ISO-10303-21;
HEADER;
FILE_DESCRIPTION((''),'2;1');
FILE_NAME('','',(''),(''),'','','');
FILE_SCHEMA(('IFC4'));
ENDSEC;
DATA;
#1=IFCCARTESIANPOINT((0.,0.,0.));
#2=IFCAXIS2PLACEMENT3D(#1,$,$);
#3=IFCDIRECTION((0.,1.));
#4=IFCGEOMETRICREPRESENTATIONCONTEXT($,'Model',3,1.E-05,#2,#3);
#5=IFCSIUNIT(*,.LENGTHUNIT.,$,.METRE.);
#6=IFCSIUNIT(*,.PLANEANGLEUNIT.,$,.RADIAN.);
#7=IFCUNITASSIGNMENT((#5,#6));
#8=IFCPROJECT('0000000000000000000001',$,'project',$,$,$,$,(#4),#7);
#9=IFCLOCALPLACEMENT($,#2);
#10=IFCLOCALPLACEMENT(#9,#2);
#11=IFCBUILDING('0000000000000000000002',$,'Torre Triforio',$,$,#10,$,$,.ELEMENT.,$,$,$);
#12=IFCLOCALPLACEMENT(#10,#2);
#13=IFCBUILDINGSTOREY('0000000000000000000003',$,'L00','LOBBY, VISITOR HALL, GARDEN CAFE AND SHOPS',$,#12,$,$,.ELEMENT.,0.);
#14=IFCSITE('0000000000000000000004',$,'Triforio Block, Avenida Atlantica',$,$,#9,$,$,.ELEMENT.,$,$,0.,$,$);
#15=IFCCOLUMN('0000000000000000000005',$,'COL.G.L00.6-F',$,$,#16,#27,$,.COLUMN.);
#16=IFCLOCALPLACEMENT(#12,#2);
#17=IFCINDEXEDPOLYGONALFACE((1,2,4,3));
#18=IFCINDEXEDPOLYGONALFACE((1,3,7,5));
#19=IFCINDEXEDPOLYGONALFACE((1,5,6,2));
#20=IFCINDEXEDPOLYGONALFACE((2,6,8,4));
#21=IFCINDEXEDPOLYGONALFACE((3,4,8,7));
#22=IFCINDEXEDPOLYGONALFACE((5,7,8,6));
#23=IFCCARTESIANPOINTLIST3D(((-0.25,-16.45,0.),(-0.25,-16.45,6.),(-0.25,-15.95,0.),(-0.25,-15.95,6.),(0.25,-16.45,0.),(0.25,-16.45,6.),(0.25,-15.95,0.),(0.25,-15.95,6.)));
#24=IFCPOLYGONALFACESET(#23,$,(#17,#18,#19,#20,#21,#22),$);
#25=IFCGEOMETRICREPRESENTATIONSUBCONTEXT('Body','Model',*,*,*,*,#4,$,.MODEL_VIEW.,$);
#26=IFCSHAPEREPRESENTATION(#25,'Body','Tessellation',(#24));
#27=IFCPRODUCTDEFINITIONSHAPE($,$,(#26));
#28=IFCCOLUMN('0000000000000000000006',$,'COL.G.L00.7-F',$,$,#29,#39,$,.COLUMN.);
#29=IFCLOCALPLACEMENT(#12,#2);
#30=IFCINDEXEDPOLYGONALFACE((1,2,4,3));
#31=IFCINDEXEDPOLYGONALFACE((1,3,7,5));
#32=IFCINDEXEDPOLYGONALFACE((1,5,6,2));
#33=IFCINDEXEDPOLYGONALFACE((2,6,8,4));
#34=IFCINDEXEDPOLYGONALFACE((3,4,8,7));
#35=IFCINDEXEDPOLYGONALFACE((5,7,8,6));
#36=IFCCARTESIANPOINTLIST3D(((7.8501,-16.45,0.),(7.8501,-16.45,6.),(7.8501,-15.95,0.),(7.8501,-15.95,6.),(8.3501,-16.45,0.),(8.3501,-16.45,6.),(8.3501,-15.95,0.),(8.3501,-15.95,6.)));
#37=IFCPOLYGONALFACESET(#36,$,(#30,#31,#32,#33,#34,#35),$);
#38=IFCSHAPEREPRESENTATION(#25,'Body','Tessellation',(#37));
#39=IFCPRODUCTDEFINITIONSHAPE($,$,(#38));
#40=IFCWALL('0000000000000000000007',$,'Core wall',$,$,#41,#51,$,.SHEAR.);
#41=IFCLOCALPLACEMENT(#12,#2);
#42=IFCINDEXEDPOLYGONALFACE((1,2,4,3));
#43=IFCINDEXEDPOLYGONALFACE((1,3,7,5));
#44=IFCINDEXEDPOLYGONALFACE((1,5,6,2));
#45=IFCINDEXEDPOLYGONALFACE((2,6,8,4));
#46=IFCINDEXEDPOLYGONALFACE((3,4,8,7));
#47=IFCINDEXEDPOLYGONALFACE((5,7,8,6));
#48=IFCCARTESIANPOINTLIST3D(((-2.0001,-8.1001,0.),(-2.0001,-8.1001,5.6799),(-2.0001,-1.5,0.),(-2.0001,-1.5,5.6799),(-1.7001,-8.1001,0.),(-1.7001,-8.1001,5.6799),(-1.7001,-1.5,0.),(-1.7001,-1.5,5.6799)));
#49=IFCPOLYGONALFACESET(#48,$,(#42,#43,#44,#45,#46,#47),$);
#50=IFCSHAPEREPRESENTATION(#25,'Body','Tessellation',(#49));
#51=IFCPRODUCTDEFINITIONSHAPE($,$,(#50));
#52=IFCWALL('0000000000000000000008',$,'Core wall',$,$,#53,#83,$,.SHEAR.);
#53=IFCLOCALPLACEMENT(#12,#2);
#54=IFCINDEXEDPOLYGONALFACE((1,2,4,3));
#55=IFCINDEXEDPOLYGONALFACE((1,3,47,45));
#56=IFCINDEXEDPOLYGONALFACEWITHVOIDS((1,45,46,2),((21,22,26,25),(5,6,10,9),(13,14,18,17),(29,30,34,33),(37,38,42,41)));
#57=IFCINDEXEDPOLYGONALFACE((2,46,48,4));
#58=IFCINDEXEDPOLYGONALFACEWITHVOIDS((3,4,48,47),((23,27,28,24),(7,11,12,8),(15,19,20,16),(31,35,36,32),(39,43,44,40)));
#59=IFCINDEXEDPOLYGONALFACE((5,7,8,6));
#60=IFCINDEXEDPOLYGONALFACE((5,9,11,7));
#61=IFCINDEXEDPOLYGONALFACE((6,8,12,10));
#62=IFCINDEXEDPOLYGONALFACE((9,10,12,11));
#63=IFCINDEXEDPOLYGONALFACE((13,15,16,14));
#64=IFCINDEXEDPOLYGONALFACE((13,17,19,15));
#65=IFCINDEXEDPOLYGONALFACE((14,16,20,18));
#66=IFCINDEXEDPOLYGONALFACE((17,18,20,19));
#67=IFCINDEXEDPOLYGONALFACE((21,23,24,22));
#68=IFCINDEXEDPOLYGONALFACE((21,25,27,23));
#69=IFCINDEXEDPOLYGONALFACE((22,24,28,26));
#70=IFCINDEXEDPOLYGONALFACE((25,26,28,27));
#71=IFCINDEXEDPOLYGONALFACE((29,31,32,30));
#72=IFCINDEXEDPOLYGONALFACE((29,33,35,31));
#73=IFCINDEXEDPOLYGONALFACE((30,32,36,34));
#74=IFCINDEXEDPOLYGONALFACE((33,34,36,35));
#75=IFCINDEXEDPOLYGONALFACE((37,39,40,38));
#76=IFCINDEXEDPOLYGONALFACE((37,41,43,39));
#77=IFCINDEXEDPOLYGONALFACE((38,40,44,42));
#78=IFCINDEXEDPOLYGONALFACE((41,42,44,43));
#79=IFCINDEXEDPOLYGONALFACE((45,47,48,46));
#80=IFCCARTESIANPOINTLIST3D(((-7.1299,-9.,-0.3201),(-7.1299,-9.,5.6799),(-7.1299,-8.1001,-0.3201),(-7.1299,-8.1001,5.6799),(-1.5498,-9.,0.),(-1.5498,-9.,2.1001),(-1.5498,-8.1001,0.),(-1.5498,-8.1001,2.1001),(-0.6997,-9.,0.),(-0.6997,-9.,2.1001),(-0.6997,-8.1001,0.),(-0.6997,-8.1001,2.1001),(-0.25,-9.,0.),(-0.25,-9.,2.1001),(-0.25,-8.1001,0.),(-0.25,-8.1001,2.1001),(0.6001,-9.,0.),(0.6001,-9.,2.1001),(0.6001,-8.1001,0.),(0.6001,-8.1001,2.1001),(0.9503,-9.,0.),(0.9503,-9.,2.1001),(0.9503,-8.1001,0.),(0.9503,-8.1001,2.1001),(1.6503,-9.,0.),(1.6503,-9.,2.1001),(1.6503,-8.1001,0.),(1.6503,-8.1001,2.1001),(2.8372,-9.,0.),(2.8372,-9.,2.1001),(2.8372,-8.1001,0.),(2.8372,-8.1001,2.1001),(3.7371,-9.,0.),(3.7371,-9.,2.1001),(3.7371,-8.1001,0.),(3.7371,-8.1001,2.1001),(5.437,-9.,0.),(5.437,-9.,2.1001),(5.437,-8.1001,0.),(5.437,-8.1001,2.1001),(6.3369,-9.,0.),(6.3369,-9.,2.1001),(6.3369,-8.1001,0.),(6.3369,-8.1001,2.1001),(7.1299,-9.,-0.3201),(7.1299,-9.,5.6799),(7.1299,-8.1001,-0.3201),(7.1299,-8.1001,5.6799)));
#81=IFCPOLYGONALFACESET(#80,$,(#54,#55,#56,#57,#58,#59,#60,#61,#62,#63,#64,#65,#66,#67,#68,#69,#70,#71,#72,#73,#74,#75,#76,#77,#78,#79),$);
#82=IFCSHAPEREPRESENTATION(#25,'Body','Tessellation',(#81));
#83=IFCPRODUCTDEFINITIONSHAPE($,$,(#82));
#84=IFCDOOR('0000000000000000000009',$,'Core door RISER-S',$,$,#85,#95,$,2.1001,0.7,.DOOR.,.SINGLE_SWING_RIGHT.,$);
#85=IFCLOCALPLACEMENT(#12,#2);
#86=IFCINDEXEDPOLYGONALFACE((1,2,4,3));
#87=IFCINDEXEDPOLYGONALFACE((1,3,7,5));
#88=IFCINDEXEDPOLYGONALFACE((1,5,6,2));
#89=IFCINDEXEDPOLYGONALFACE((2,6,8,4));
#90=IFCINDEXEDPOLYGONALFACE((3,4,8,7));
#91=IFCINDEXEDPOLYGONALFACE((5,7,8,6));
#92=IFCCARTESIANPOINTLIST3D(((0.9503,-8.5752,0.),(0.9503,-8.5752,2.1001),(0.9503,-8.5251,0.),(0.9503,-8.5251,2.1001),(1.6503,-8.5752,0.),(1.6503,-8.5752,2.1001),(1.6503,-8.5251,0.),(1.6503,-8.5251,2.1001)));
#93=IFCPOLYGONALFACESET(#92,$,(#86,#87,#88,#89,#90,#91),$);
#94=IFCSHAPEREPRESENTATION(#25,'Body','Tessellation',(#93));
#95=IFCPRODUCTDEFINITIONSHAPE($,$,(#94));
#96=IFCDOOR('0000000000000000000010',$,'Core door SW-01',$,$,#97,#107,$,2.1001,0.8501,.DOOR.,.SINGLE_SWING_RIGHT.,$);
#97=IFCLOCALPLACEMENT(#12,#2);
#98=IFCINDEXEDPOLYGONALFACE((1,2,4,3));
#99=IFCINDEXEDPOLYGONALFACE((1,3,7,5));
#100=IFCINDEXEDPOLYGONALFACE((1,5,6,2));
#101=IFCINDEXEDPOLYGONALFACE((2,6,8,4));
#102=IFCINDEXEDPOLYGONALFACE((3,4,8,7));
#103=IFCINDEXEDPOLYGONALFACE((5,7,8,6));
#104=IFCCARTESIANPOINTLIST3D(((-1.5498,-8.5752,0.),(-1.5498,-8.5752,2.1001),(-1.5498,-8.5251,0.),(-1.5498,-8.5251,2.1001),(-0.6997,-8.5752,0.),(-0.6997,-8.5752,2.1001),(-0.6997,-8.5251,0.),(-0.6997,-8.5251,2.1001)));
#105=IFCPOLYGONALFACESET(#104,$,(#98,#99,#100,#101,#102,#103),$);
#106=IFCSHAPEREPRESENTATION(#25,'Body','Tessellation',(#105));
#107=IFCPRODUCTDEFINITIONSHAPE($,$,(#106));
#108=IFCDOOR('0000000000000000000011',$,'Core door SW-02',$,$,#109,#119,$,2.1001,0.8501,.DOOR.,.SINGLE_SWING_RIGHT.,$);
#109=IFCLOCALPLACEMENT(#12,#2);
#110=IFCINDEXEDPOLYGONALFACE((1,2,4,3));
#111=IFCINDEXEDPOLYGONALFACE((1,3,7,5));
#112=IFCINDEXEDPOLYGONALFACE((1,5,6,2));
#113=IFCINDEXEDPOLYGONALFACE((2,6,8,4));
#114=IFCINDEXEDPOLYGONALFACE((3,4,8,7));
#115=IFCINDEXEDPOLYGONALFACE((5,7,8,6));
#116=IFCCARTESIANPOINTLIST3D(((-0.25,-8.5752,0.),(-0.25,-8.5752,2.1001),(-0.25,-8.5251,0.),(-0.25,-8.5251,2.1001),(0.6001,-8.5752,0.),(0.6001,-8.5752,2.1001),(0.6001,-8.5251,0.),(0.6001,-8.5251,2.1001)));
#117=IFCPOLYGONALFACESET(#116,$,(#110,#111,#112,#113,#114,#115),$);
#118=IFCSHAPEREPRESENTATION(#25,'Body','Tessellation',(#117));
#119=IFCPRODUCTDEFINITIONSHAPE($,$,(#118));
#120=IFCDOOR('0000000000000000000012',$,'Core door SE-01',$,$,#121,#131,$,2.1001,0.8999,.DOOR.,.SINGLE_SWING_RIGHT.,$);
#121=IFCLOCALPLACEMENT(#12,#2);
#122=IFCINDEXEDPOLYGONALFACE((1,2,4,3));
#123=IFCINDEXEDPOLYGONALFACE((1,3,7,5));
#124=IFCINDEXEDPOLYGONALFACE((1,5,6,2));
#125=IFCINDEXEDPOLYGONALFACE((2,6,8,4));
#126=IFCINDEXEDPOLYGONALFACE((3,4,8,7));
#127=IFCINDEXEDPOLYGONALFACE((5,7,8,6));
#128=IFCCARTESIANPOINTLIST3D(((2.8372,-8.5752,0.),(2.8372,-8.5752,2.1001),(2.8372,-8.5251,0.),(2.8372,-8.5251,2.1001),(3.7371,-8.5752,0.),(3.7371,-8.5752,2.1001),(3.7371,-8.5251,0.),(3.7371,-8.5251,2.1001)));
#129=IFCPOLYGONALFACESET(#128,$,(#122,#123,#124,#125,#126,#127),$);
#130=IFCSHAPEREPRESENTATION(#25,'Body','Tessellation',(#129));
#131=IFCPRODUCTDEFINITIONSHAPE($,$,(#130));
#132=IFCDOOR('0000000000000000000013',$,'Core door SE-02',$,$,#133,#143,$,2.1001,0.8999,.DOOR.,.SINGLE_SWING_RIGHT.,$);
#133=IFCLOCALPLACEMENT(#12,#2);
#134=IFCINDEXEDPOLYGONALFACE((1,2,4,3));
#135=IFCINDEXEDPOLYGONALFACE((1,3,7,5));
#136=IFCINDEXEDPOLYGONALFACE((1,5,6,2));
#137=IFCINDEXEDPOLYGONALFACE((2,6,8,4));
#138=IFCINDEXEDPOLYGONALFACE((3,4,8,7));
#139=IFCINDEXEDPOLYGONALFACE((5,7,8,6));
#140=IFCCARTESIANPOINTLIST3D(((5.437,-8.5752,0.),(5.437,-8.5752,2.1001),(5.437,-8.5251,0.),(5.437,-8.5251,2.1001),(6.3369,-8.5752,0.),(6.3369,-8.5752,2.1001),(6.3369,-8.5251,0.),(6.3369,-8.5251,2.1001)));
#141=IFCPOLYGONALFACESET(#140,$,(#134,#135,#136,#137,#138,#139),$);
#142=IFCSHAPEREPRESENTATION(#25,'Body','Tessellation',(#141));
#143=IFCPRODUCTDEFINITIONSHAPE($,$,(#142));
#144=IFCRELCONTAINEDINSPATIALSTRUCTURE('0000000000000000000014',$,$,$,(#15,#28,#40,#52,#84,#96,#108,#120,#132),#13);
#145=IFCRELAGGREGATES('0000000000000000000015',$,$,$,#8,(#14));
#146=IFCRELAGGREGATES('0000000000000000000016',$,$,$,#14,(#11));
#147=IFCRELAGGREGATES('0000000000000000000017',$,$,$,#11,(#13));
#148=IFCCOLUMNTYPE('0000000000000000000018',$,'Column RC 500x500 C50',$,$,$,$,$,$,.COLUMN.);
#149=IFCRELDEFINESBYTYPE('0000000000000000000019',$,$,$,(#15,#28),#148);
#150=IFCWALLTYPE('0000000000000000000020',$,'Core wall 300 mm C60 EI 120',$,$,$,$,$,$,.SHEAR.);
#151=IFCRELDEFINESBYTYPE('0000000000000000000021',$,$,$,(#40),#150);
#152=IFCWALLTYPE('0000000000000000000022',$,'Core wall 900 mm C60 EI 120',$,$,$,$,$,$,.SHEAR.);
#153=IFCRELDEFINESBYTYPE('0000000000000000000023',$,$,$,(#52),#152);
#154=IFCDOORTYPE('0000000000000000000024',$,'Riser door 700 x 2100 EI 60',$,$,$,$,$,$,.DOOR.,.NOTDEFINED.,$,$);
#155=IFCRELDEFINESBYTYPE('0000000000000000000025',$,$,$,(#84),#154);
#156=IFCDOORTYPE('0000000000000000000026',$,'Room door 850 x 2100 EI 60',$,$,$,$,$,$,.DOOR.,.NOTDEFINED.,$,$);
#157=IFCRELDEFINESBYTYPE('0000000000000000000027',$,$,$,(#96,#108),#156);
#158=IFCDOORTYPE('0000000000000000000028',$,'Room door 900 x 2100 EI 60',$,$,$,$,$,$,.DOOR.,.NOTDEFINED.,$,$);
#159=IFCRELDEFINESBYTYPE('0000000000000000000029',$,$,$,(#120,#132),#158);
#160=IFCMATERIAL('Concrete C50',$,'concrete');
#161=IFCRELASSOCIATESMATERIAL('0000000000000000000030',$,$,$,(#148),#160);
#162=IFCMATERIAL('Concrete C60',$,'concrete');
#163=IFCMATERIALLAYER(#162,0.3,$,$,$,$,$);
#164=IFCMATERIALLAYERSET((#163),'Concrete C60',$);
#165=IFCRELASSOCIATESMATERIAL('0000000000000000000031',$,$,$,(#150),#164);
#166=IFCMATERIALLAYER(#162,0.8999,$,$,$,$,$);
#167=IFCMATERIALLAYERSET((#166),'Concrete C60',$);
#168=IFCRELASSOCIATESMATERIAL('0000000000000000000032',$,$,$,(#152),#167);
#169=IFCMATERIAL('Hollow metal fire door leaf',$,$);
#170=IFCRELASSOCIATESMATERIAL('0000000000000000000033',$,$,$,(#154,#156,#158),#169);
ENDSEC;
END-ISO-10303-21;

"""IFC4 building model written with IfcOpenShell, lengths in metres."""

from ifc_helpers import new_model, si_unit, direction, frame, frame_2d, origin, origin_2d, place, context, subcontext, project, spatial, rectangle, extrude, material, layer, layer_set, material_profile, profile_set, type_object, element, fill, save


model = new_model("IFC4")

# Units and contexts
model_context = context("Model", 3, precision=1e-05, world=origin(), true_north=direction((0.0, 1.0)))
body_context = subcontext(model_context, "Body", "Model", "MODEL_VIEW")
ifc_project = project(units=[si_unit("LENGTHUNIT", "METRE"), si_unit("PLANEANGLEUNIT", "RADIAN")], contexts=[model_context])

# Site, building, storey
site_placement = place(None, origin())
site = spatial("IfcSite", under=ifc_project, at=site_placement, Name="Triforio Block, Avenida Atlantica", CompositionType="ELEMENT", RefElevation=0.0)
building_placement = place(site_placement, origin())
building = spatial("IfcBuilding", under=site, at=building_placement, Name="Torre Triforio", CompositionType="ELEMENT")
storey_placement = place(building_placement, origin())
storey = spatial("IfcBuildingStorey", under=building, at=storey_placement, Name="L00", Description="LOBBY, VISITOR HALL, GARDEN CAFE AND SHOPS", CompositionType="ELEMENT", Elevation=0.0)

# Columns
ifc_material_1 = material(Name="Concrete C50", Category="concrete")
ifc_material_profile = material_profile(ifc_material_1, rectangle(XDim=0.5, YDim=0.5, at=origin_2d()), Name="RC 500x500")
ifc_profile_set = profile_set([ifc_material_profile], Name="Concrete C50")
column_type = type_object("IfcColumnType", Name="Column RC 500x500 C50", PredefinedType="COLUMN", material=ifc_profile_set)
for number, where, z_axis, x_axis, name in (
    (1, (0.0, -16.2, 0.0), (0.0, 0.0, 1.0), (1.0, 0.0, 0.0), "COL.G.L00.6-F"),
    (2, (8.1001, -16.2, 0.0), (0.0, 0.0, 1.0), (1.0, 0.0, 0.0), "COL.G.L00.7-F"),
):
    element("IfcColumn", number, at=place(storey_placement, frame(where, z_axis=z_axis, x_axis=x_axis)), inside=storey, type_object=column_type, Name=name, PredefinedType="COLUMN", context=body_context, shape_type="SweptSolid", body=[
        extrude(rectangle(XDim=0.5, YDim=0.5, at=origin_2d()), origin(), (0.0, 0.0, 1.0), 6.0),
    ])

# Wall
ifc_material_2 = material(Name="Concrete C60", Category="concrete")
ifc_layer_1 = layer(ifc_material_2, 0.3)
ifc_layer_set_1 = layer_set([ifc_layer_1], Name="Concrete C60")
wall_type_1 = type_object("IfcWallType", Name="Core wall 300 mm C60 EI 120", PredefinedType="SHEAR", material=ifc_layer_set_1)
wall_1_placement = place(storey_placement, frame((-1.8501, -8.1001, 0.0), z_axis=(0.0, 0.0, 1.0), x_axis=(0.0, 1.0, 0.0)))
element("IfcWall", 3, at=wall_1_placement, inside=storey, type_object=wall_type_1, Name="Core wall", PredefinedType="SHEAR", context=body_context, shape_type="SweptSolid", body=[
    extrude(rectangle(XDim=6.6001, YDim=0.3, at=frame_2d((3.3, 0.0))), origin(), (0.0, 0.0, 1.0), 5.6799),
])

# Wall, openings, doors
ifc_layer_2 = layer(ifc_material_2, 0.8999)
ifc_layer_set_2 = layer_set([ifc_layer_2], Name="Concrete C60")
wall_type_2 = type_object("IfcWallType", Name="Core wall 900 mm C60 EI 120", PredefinedType="SHEAR", material=ifc_layer_set_2)
wall_2_placement = place(storey_placement, frame((-7.1299, -8.55, -0.3201), z_axis=(0.0, 0.0, 1.0), x_axis=(1.0, 0.0, 0.0)))
wall_2 = element("IfcWall", 4, at=wall_2_placement, inside=storey, type_object=wall_type_2, Name="Core wall", PredefinedType="SHEAR", context=body_context, shape_type="SweptSolid", body=[
    extrude(rectangle(XDim=14.2598, YDim=0.8999, at=frame_2d((7.1299, 0.0))), origin(), (0.0, 0.0, 1.0), 6.0),
])
opening_1_placement = place(wall_2_placement, frame((8.0801, 0.0, 0.3201)))
opening_1 = element("IfcOpeningElement", 5, at=opening_1_placement, cuts=wall_2, PredefinedType="OPENING", context=body_context, shape_type="SweptSolid", body=[
    extrude(rectangle(XDim=0.7, YDim=2.1001, at=frame_2d((0.3501, 1.05))), frame((0.0, 0.46, 0.0), z_axis=(0.0, -1.0, 0.0), x_axis=(1.0, 0.0, 0.0)), (0.0, 0.0, 1.0), 0.9199),
])
opening_2_placement = place(wall_2_placement, frame((5.5801, 0.0, 0.3201)))
opening_2 = element("IfcOpeningElement", 6, at=opening_2_placement, cuts=wall_2, PredefinedType="OPENING", context=body_context, shape_type="SweptSolid", body=[
    extrude(rectangle(XDim=0.8501, YDim=2.1001, at=frame_2d((0.425, 1.05))), frame((0.0, 0.46, 0.0), z_axis=(0.0, -1.0, 0.0), x_axis=(1.0, 0.0, 0.0)), (0.0, 0.0, 1.0), 0.9199),
])
opening_3_placement = place(wall_2_placement, frame((6.8799, 0.0, 0.3201)))
opening_3 = element("IfcOpeningElement", 7, at=opening_3_placement, cuts=wall_2, PredefinedType="OPENING", context=body_context, shape_type="SweptSolid", body=[
    extrude(rectangle(XDim=0.8501, YDim=2.1001, at=frame_2d((0.425, 1.05))), frame((0.0, 0.46, 0.0), z_axis=(0.0, -1.0, 0.0), x_axis=(1.0, 0.0, 0.0)), (0.0, 0.0, 1.0), 0.9199),
])
opening_4_placement = place(wall_2_placement, frame((9.967, 0.0, 0.3201)))
opening_4 = element("IfcOpeningElement", 8, at=opening_4_placement, cuts=wall_2, PredefinedType="OPENING", context=body_context, shape_type="SweptSolid", body=[
    extrude(rectangle(XDim=0.8999, YDim=2.1001, at=frame_2d((0.45, 1.05))), frame((0.0, 0.46, 0.0), z_axis=(0.0, -1.0, 0.0), x_axis=(1.0, 0.0, 0.0)), (0.0, 0.0, 1.0), 0.9199),
])
opening_5_placement = place(wall_2_placement, frame((12.5669, 0.0, 0.3201)))
opening_5 = element("IfcOpeningElement", 9, at=opening_5_placement, cuts=wall_2, PredefinedType="OPENING", context=body_context, shape_type="SweptSolid", body=[
    extrude(rectangle(XDim=0.8999, YDim=2.1001, at=frame_2d((0.45, 1.05))), frame((0.0, 0.46, 0.0), z_axis=(0.0, -1.0, 0.0), x_axis=(1.0, 0.0, 0.0)), (0.0, 0.0, 1.0), 0.9199),
])
ifc_material_3 = material(Name="Hollow metal fire door leaf")
door_type_1 = type_object("IfcDoorType", Name="Riser door 700 x 2100 EI 60", OperationType="NOTDEFINED", PredefinedType="DOOR", material=ifc_material_3)
door_1_placement = place(opening_1_placement, origin())
door_1 = element("IfcDoor", 10, at=door_1_placement, inside=storey, type_object=door_type_1, Name="Core door RISER-S", OperationType="SINGLE_SWING_RIGHT", OverallHeight=2.1001, OverallWidth=0.7, PredefinedType="DOOR", context=body_context, shape_type="SweptSolid", body=[
    extrude(rectangle(XDim=0.7, YDim=2.1001, at=frame_2d((0.3501, 1.05))), frame((0.0, 0.0249, 0.0), z_axis=(0.0, -1.0, 0.0), x_axis=(1.0, 0.0, 0.0)), (0.0, 0.0, 1.0), 0.05),
])
fill(opening_1, door_1)
door_type_2 = type_object("IfcDoorType", Name="Room door 850 x 2100 EI 60", OperationType="NOTDEFINED", PredefinedType="DOOR", material=ifc_material_3)
door_2_placement = place(opening_2_placement, origin())
door_2 = element("IfcDoor", 11, at=door_2_placement, inside=storey, type_object=door_type_2, Name="Core door SW-01", OperationType="SINGLE_SWING_RIGHT", OverallHeight=2.1001, OverallWidth=0.8501, PredefinedType="DOOR", context=body_context, shape_type="SweptSolid", body=[
    extrude(rectangle(XDim=0.8501, YDim=2.1001, at=frame_2d((0.425, 1.05))), frame((0.0, 0.0249, 0.0), z_axis=(0.0, -1.0, 0.0), x_axis=(1.0, 0.0, 0.0)), (0.0, 0.0, 1.0), 0.05),
])
fill(opening_2, door_2)
door_3_placement = place(opening_3_placement, origin())
door_3 = element("IfcDoor", 12, at=door_3_placement, inside=storey, type_object=door_type_2, Name="Core door SW-02", OperationType="SINGLE_SWING_RIGHT", OverallHeight=2.1001, OverallWidth=0.8501, PredefinedType="DOOR", context=body_context, shape_type="SweptSolid", body=[
    extrude(rectangle(XDim=0.8501, YDim=2.1001, at=frame_2d((0.425, 1.05))), frame((0.0, 0.0249, 0.0), z_axis=(0.0, -1.0, 0.0), x_axis=(1.0, 0.0, 0.0)), (0.0, 0.0, 1.0), 0.05),
])
fill(opening_3, door_3)
door_type_3 = type_object("IfcDoorType", Name="Room door 900 x 2100 EI 60", OperationType="NOTDEFINED", PredefinedType="DOOR", material=ifc_material_3)
door_4_placement = place(opening_4_placement, origin())
door_4 = element("IfcDoor", 13, at=door_4_placement, inside=storey, type_object=door_type_3, Name="Core door SE-01", OperationType="SINGLE_SWING_RIGHT", OverallHeight=2.1001, OverallWidth=0.8999, PredefinedType="DOOR", context=body_context, shape_type="SweptSolid", body=[
    extrude(rectangle(XDim=0.8999, YDim=2.1001, at=frame_2d((0.45, 1.05))), frame((0.0, 0.0249, 0.0), z_axis=(0.0, -1.0, 0.0), x_axis=(1.0, 0.0, 0.0)), (0.0, 0.0, 1.0), 0.05),
])
fill(opening_4, door_4)
door_5_placement = place(opening_5_placement, origin())
door_5 = element("IfcDoor", 14, at=door_5_placement, inside=storey, type_object=door_type_3, Name="Core door SE-02", OperationType="SINGLE_SWING_RIGHT", OverallHeight=2.1001, OverallWidth=0.8999, PredefinedType="DOOR", context=body_context, shape_type="SweptSolid", body=[
    extrude(rectangle(XDim=0.8999, YDim=2.1001, at=frame_2d((0.45, 1.05))), frame((0.0, 0.0249, 0.0), z_axis=(0.0, -1.0, 0.0), x_axis=(1.0, 0.0, 0.0)), (0.0, 0.0, 1.0), 0.05),
])
fill(opening_5, door_5)

save(model, "model.ifc")
